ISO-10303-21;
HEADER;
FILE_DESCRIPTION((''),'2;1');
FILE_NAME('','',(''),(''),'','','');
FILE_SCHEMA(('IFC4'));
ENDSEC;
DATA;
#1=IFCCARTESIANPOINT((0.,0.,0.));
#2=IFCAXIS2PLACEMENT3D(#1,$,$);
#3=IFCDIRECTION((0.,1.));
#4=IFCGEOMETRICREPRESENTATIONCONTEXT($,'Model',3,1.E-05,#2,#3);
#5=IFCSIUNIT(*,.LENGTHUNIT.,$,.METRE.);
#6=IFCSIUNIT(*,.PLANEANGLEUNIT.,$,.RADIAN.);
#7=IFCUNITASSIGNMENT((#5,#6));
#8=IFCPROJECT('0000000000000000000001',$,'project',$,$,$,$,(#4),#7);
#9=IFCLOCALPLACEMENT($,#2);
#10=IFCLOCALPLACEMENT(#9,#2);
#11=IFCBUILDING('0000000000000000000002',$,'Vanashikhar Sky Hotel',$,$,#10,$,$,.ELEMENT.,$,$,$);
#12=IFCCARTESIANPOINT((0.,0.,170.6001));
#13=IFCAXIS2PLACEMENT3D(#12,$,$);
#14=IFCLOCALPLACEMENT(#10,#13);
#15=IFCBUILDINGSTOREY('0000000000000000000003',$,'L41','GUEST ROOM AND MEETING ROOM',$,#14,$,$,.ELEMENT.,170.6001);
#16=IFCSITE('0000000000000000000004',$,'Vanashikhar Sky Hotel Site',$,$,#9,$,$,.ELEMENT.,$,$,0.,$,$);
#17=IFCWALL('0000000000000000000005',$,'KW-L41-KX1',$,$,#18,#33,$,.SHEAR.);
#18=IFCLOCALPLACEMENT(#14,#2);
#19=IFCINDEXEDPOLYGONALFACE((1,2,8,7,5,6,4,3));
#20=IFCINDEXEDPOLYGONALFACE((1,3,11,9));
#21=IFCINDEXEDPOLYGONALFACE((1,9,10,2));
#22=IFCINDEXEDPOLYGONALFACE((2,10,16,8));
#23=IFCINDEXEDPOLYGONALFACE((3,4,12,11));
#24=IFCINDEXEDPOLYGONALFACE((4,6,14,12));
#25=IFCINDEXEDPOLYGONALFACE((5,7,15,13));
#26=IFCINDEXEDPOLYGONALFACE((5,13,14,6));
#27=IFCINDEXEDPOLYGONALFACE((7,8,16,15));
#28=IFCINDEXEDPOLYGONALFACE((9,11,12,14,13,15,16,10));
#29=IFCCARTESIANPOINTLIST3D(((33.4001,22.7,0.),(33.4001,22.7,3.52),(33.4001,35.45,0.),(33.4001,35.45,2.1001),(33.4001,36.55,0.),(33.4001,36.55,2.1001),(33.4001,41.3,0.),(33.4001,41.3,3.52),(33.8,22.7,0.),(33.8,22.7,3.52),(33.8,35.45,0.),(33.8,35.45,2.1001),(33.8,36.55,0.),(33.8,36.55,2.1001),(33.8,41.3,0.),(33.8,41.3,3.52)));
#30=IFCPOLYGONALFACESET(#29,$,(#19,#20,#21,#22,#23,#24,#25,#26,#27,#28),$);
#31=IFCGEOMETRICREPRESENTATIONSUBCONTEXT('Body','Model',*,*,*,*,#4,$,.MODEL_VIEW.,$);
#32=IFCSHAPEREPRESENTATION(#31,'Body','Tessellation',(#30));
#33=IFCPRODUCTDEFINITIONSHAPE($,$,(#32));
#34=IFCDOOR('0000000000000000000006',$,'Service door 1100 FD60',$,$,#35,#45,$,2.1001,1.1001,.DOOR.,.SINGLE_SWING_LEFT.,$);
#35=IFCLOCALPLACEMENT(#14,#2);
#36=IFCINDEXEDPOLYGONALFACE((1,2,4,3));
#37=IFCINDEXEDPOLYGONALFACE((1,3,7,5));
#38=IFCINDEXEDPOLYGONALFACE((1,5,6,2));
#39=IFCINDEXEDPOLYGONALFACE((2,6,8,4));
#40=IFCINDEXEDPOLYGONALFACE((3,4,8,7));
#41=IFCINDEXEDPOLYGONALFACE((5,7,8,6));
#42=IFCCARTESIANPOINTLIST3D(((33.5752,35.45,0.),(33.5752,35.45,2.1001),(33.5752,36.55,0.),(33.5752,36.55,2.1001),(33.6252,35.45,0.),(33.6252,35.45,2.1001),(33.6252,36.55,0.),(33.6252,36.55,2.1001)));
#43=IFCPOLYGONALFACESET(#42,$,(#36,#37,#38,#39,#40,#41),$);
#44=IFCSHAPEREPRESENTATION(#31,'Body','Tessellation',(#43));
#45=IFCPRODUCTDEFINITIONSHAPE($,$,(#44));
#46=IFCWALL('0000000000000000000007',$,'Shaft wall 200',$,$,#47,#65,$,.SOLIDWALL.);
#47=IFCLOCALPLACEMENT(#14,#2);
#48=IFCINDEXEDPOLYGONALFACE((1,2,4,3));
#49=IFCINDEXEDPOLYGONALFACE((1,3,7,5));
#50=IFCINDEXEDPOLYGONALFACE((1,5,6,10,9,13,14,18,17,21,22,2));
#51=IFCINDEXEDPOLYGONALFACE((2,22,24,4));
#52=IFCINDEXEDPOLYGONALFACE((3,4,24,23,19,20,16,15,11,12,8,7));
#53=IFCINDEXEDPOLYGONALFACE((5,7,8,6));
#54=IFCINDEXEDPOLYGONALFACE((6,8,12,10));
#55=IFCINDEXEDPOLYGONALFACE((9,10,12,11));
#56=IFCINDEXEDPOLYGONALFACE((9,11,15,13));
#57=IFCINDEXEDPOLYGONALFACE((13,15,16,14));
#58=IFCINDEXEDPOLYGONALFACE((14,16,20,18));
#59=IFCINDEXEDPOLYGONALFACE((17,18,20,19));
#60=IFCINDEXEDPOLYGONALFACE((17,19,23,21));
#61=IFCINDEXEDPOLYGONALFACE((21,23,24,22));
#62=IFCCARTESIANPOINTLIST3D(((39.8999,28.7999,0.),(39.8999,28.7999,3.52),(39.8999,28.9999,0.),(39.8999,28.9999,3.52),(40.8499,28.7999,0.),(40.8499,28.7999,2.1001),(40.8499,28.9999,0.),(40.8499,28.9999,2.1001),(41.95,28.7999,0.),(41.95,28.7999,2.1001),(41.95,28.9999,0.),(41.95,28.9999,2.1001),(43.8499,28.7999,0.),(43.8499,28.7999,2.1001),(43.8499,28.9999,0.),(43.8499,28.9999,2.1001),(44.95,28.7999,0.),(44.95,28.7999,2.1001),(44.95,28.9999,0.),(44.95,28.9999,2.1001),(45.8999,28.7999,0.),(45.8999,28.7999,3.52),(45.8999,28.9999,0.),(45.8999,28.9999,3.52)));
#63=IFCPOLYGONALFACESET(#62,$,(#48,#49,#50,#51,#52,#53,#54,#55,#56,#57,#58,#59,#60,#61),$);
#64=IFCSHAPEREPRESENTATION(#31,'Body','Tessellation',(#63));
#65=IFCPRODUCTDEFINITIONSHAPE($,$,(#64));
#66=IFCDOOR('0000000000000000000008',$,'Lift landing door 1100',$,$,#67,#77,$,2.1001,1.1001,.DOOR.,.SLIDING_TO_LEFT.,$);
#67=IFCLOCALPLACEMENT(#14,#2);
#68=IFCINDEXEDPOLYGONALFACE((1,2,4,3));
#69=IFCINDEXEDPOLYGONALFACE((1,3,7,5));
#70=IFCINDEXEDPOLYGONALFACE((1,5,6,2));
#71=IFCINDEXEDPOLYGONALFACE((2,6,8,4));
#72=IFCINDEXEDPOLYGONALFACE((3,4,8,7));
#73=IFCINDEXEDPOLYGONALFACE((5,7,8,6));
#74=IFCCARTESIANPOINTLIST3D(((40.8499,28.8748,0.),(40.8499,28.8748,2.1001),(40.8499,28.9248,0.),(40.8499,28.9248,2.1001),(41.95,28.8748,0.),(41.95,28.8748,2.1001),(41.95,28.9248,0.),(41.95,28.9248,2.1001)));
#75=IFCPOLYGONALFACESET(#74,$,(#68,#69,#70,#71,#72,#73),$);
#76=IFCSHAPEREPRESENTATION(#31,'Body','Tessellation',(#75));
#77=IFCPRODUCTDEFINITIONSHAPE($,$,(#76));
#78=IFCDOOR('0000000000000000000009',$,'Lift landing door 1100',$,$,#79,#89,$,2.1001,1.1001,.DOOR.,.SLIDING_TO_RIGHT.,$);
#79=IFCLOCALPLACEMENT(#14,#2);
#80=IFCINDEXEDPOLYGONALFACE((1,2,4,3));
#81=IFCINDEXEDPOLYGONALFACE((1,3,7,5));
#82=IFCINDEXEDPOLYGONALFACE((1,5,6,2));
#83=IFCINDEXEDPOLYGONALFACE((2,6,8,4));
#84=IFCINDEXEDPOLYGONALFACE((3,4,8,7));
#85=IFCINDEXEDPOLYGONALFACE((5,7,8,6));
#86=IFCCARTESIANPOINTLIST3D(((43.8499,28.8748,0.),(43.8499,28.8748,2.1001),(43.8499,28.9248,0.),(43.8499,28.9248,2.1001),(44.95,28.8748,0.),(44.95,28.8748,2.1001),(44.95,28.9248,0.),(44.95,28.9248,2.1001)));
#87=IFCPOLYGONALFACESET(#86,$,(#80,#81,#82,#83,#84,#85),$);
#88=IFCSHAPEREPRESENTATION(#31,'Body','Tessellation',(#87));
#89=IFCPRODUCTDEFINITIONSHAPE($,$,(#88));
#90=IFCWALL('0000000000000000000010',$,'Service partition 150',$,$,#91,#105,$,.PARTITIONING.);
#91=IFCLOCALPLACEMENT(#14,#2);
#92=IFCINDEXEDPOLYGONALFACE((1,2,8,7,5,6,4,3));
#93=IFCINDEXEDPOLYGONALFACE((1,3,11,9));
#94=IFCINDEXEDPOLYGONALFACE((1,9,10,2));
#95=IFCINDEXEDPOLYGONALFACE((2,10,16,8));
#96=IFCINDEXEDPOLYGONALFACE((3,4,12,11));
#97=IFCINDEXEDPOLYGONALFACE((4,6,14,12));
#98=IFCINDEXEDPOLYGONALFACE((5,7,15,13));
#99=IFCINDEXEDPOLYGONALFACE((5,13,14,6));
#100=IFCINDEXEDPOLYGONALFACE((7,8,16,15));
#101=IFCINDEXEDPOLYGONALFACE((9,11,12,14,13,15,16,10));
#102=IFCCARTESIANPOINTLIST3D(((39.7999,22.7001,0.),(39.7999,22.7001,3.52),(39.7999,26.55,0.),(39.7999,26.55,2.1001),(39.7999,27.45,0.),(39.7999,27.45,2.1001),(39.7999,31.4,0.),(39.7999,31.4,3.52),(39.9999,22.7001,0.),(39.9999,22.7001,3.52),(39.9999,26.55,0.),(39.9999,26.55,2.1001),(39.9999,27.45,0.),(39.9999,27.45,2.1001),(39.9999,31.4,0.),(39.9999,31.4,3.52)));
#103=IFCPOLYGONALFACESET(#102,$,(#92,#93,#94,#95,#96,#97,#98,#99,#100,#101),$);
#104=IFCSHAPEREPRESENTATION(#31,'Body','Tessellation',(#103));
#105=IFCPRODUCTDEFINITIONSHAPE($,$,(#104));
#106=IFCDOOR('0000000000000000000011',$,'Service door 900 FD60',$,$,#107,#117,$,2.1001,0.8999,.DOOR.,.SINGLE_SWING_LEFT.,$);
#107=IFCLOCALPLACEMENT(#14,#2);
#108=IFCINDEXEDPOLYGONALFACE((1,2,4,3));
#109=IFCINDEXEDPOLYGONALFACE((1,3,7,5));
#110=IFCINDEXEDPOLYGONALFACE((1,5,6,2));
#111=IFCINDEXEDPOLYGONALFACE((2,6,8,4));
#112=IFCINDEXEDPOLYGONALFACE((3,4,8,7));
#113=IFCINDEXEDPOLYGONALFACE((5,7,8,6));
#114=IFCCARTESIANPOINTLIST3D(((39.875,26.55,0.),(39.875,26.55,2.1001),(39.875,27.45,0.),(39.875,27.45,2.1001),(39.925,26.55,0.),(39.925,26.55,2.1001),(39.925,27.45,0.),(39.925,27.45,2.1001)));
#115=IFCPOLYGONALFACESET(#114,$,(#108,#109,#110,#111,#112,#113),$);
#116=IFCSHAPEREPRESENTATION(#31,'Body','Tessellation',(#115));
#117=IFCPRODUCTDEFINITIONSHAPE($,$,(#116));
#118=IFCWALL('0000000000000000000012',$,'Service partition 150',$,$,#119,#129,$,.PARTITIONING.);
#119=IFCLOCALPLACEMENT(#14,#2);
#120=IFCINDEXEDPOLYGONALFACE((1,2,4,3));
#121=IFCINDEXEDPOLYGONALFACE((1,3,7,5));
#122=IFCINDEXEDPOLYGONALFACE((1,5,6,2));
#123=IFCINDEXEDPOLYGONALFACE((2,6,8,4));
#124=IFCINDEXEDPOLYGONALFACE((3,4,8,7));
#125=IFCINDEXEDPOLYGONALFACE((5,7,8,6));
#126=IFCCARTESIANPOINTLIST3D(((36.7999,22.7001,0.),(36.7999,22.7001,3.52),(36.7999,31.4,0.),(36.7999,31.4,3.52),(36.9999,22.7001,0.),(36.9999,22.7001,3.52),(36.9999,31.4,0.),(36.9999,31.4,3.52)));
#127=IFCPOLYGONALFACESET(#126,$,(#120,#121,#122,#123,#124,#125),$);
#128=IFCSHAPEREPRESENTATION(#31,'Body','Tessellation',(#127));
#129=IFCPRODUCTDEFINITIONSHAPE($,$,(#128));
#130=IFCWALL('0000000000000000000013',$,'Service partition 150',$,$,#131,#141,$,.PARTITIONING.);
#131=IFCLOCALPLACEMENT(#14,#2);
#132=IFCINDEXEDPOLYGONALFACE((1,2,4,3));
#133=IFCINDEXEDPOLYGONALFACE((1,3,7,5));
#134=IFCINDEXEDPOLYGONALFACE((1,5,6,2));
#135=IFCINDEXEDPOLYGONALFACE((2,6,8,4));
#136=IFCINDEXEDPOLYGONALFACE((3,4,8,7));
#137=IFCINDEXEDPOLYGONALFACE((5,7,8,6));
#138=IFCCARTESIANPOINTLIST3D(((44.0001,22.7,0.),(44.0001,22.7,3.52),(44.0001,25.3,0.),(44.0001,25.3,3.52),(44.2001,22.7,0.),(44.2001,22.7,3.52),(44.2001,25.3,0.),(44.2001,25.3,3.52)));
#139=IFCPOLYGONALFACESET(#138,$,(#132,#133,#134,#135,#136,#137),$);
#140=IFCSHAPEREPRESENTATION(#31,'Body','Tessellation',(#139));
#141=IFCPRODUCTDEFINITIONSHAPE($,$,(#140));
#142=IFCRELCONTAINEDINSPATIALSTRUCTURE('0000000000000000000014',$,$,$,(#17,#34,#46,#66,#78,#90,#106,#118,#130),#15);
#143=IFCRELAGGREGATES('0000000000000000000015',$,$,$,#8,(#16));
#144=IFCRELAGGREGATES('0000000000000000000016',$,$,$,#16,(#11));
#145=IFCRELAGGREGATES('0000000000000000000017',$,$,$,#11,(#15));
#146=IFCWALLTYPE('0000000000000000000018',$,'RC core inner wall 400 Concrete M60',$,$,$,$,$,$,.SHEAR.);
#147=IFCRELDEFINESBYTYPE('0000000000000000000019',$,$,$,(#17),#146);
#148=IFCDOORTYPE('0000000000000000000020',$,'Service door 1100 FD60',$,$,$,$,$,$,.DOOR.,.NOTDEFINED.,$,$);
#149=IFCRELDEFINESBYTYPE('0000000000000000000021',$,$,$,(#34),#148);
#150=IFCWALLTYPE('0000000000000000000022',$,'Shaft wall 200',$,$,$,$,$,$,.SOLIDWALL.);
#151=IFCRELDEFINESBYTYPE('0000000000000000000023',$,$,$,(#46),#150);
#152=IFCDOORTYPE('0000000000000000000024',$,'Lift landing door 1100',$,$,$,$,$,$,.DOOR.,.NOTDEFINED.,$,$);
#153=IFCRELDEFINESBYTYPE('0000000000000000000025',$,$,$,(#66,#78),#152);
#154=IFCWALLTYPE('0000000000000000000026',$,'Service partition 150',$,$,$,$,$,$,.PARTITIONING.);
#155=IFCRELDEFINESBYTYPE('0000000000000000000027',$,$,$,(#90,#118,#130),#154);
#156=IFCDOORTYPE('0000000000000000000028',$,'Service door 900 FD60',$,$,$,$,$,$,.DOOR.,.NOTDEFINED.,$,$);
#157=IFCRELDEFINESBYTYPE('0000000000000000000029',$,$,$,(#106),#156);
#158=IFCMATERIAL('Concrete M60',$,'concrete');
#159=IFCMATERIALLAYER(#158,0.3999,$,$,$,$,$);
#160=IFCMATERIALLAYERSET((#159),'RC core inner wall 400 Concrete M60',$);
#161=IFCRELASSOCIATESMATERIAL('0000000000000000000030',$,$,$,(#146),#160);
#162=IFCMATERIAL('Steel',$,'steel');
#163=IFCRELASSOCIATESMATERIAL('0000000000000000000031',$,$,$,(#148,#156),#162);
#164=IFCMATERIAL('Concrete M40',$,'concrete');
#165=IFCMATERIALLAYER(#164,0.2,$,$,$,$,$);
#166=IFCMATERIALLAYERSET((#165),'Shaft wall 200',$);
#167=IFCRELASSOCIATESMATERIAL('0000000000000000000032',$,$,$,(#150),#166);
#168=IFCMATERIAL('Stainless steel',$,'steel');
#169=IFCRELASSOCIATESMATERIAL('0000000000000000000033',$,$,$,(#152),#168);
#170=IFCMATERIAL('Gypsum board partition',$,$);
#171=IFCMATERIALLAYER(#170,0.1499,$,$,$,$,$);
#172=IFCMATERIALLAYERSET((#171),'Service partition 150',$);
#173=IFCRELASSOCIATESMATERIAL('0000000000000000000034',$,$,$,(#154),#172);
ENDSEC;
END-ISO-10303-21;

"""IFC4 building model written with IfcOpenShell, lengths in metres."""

from ifc_helpers import new_model, si_unit, direction, frame, frame_2d, origin, place, context, subcontext, project, spatial, rectangle, extrude, source, transform, mapped, material, layer, layer_set, type_object, element, fill, save


model = new_model("IFC4")

# Units and contexts
model_context = context("Model", 3, precision=1e-05, world=origin(), true_north=direction((0.0, 1.0)))
body_context = subcontext(model_context, "Body", "Model", "MODEL_VIEW")
ifc_project = project(units=[si_unit("LENGTHUNIT", "METRE"), si_unit("PLANEANGLEUNIT", "RADIAN")], contexts=[model_context])

# Site, building, storey
site_placement = place(None, origin())
site = spatial("IfcSite", under=ifc_project, at=site_placement, Name="Vanashikhar Sky Hotel Site", CompositionType="ELEMENT", RefElevation=0.0)
building_placement = place(site_placement, origin())
building = spatial("IfcBuilding", under=site, at=building_placement, Name="Vanashikhar Sky Hotel", CompositionType="ELEMENT")
storey_placement = place(building_placement, frame((0.0, 0.0, 170.6001)))
storey = spatial("IfcBuildingStorey", under=building, at=storey_placement, Name="L41", Description="GUEST ROOM AND MEETING ROOM", CompositionType="ELEMENT", Elevation=170.6001)

# Wall, opening, door
ifc_material_1 = material(Name="Concrete M60", Category="concrete")
ifc_layer_1 = layer(ifc_material_1, 0.3999)
ifc_layer_set_1 = layer_set([ifc_layer_1], Name="RC core inner wall 400 Concrete M60")
wall_type_1 = type_object("IfcWallType", Name="RC core inner wall 400 Concrete M60", PredefinedType="SHEAR", material=ifc_layer_set_1)
shared_shape_1 = source(origin(), body_context, "Body", "SweptSolid", [
    extrude(rectangle(XDim=18.6001, YDim=0.3999, at=frame_2d((9.3, 0.0))), origin(), (0.0, 0.0, 1.0), 3.52),
])
wall_1_placement = place(storey_placement, frame((33.6001, 22.7, 0.0), z_axis=(0.0, 0.0, 1.0), x_axis=(0.0, 1.0, 0.0)))
wall_1 = element("IfcWall", 1, at=wall_1_placement, inside=storey, type_object=wall_type_1, Name="KW-L41-KX1", PredefinedType="SHEAR", context=body_context, shape_type="MappedRepresentation", body=[
    mapped(shared_shape_1, transform((0.0, 0.0, 0.0), scale=1.0)),
])
shared_shape_2 = source(origin(), body_context, "Body", "SweptSolid", [
    extrude(rectangle(XDim=1.1001, YDim=2.1001, at=frame_2d((0.55, 1.05))), frame((0.0, 0.21, 0.0), z_axis=(0.0, -1.0, 0.0), x_axis=(1.0, 0.0, 0.0)), (0.0, 0.0, 1.0), 0.4199),
])
opening_1_placement = place(wall_1_placement, frame((12.75, 0.0, 0.0)))
opening_1 = element("IfcOpeningElement", 2, at=opening_1_placement, cuts=wall_1, PredefinedType="OPENING", context=body_context, shape_type="MappedRepresentation", body=[
    mapped(shared_shape_2, transform((0.0, 0.0, 0.0), scale=1.0)),
])
ifc_material_2 = material(Name="Steel", Category="steel")
door_type_1 = type_object("IfcDoorType", Name="Service door 1100 FD60", OperationType="NOTDEFINED", PredefinedType="DOOR", material=ifc_material_2)
shared_shape_3 = source(origin(), body_context, "Body", "SweptSolid", [
    extrude(rectangle(XDim=1.1001, YDim=2.1001, at=frame_2d((0.55, 1.05))), frame((0.0, 0.0249, 0.0), z_axis=(0.0, -1.0, 0.0), x_axis=(1.0, 0.0, 0.0)), (0.0, 0.0, 1.0), 0.05),
])
door_1_placement = place(opening_1_placement, origin())
door_1 = element("IfcDoor", 3, at=door_1_placement, inside=storey, type_object=door_type_1, Name="Service door 1100 FD60", OperationType="SINGLE_SWING_LEFT", OverallHeight=2.1001, OverallWidth=1.1001, PredefinedType="DOOR", context=body_context, shape_type="MappedRepresentation", body=[
    mapped(shared_shape_3, transform((0.0, 0.0, 0.0), scale=1.0)),
])
fill(opening_1, door_1)

# Wall, openings, doors
ifc_material_3 = material(Name="Concrete M40", Category="concrete")
ifc_layer_2 = layer(ifc_material_3, 0.2)
ifc_layer_set_2 = layer_set([ifc_layer_2], Name="Shaft wall 200")
wall_type_2 = type_object("IfcWallType", Name="Shaft wall 200", PredefinedType="SOLIDWALL", material=ifc_layer_set_2)
shared_shape_4 = source(origin(), body_context, "Body", "SweptSolid", [
    extrude(rectangle(XDim=6.0, YDim=0.2, at=frame_2d((3.0, 0.0))), origin(), (0.0, 0.0, 1.0), 3.52),
])
wall_2_placement = place(storey_placement, frame((39.8999, 28.8999, 0.0), z_axis=(0.0, 0.0, 1.0), x_axis=(1.0, 0.0, 0.0)))
wall_2 = element("IfcWall", 4, at=wall_2_placement, inside=storey, type_object=wall_type_2, Name="Shaft wall 200", PredefinedType="SOLIDWALL", context=body_context, shape_type="MappedRepresentation", body=[
    mapped(shared_shape_4, transform((0.0, 0.0, 0.0), scale=1.0)),
])
shared_shape_5 = source(origin(), body_context, "Body", "SweptSolid", [
    extrude(rectangle(XDim=1.1001, YDim=2.1001, at=frame_2d((0.55, 1.05))), frame((0.0, 0.1099, 0.0), z_axis=(0.0, -1.0, 0.0), x_axis=(1.0, 0.0, 0.0)), (0.0, 0.0, 1.0), 0.22),
])
opening_2_placement = place(wall_2_placement, frame((0.95, 0.0, 0.0)))
opening_2 = element("IfcOpeningElement", 5, at=opening_2_placement, cuts=wall_2, PredefinedType="OPENING", context=body_context, shape_type="MappedRepresentation", body=[
    mapped(shared_shape_5, transform((0.0, 0.0, 0.0), scale=1.0)),
])
opening_3_placement = place(wall_2_placement, frame((3.95, 0.0, 0.0)))
opening_3 = element("IfcOpeningElement", 6, at=opening_3_placement, cuts=wall_2, PredefinedType="OPENING", context=body_context, shape_type="MappedRepresentation", body=[
    mapped(shared_shape_5, transform((0.0, 0.0, 0.0), scale=1.0)),
])
ifc_material_4 = material(Name="Stainless steel", Category="steel")
door_type_2 = type_object("IfcDoorType", Name="Lift landing door 1100", OperationType="NOTDEFINED", PredefinedType="DOOR", material=ifc_material_4)
door_2_placement = place(opening_2_placement, origin())
door_2 = element("IfcDoor", 7, at=door_2_placement, inside=storey, type_object=door_type_2, Name="Lift landing door 1100", OperationType="SLIDING_TO_LEFT", OverallHeight=2.1001, OverallWidth=1.1001, PredefinedType="DOOR", context=body_context, shape_type="MappedRepresentation", body=[
    mapped(shared_shape_3, transform((0.0, 0.0, 0.0), scale=1.0)),
])
fill(opening_2, door_2)
door_3_placement = place(opening_3_placement, origin())
door_3 = element("IfcDoor", 8, at=door_3_placement, inside=storey, type_object=door_type_2, Name="Lift landing door 1100", OperationType="SLIDING_TO_RIGHT", OverallHeight=2.1001, OverallWidth=1.1001, PredefinedType="DOOR", context=body_context, shape_type="MappedRepresentation", body=[
    mapped(shared_shape_3, transform((0.0, 0.0, 0.0), scale=1.0)),
])
fill(opening_3, door_3)

# Wall, opening, door
ifc_material_5 = material(Name="Gypsum board partition")
ifc_layer_3 = layer(ifc_material_5, 0.1499)
ifc_layer_set_3 = layer_set([ifc_layer_3], Name="Service partition 150")
wall_type_3 = type_object("IfcWallType", Name="Service partition 150", PredefinedType="PARTITIONING", material=ifc_layer_set_3)
shared_shape_6 = source(origin(), body_context, "Body", "SweptSolid", [
    extrude(rectangle(XDim=8.7, YDim=0.2, at=frame_2d((4.3501, 0.0))), origin(), (0.0, 0.0, 1.0), 3.52),
])
wall_3_placement = place(storey_placement, frame((39.8999, 22.7, 0.0), z_axis=(0.0, 0.0, 1.0), x_axis=(0.0, 1.0, 0.0)))
wall_3 = element("IfcWall", 9, at=wall_3_placement, inside=storey, type_object=wall_type_3, Name="Service partition 150", PredefinedType="PARTITIONING", context=body_context, shape_type="MappedRepresentation", body=[
    mapped(shared_shape_6, transform((0.0, 0.0, 0.0), scale=1.0)),
])
shared_shape_7 = source(origin(), body_context, "Body", "SweptSolid", [
    extrude(rectangle(XDim=0.8999, YDim=2.1001, at=frame_2d((0.45, 1.05))), frame((0.0, 0.1099, 0.0), z_axis=(0.0, -1.0, 0.0), x_axis=(1.0, 0.0, 0.0)), (0.0, 0.0, 1.0), 0.22),
])
opening_4_placement = place(wall_3_placement, frame((3.8501, 0.0, 0.0)))
opening_4 = element("IfcOpeningElement", 10, at=opening_4_placement, cuts=wall_3, PredefinedType="OPENING", context=body_context, shape_type="MappedRepresentation", body=[
    mapped(shared_shape_7, transform((0.0, 0.0, 0.0), scale=1.0)),
])
door_type_3 = type_object("IfcDoorType", Name="Service door 900 FD60", OperationType="NOTDEFINED", PredefinedType="DOOR", material=ifc_material_2)
shared_shape_8 = source(origin(), body_context, "Body", "SweptSolid", [
    extrude(rectangle(XDim=0.8999, YDim=2.1001, at=frame_2d((0.45, 1.05))), frame((0.0, 0.0249, 0.0), z_axis=(0.0, -1.0, 0.0), x_axis=(1.0, 0.0, 0.0)), (0.0, 0.0, 1.0), 0.05),
])
door_4_placement = place(opening_4_placement, origin())
door_4 = element("IfcDoor", 11, at=door_4_placement, inside=storey, type_object=door_type_3, Name="Service door 900 FD60", OperationType="SINGLE_SWING_LEFT", OverallHeight=2.1001, OverallWidth=0.8999, PredefinedType="DOOR", context=body_context, shape_type="MappedRepresentation", body=[
    mapped(shared_shape_8, transform((0.0, 0.0, 0.0), scale=1.0)),
])
fill(opening_4, door_4)

# Walls
wall_4_placement = place(storey_placement, frame((36.8999, 22.7, 0.0), z_axis=(0.0, 0.0, 1.0), x_axis=(0.0, 1.0, 0.0)))
element("IfcWall", 12, at=wall_4_placement, inside=storey, type_object=wall_type_3, Name="Service partition 150", PredefinedType="PARTITIONING", context=body_context, shape_type="MappedRepresentation", body=[
    mapped(shared_shape_6, transform((0.0, 0.0, 0.0), scale=1.0)),
])
shared_shape_9 = source(origin(), body_context, "Body", "SweptSolid", [
    extrude(rectangle(XDim=2.6001, YDim=0.2, at=frame_2d((1.3, 0.0))), origin(), (0.0, 0.0, 1.0), 3.52),
])
wall_5_placement = place(storey_placement, frame((44.1001, 22.7, 0.0), z_axis=(0.0, 0.0, 1.0), x_axis=(0.0, 1.0, 0.0)))
element("IfcWall", 13, at=wall_5_placement, inside=storey, type_object=wall_type_3, Name="Service partition 150", PredefinedType="PARTITIONING", context=body_context, shape_type="MappedRepresentation", body=[
    mapped(shared_shape_9, transform((0.0, 0.0, 0.0), scale=1.0)),
])

save(model, "model.ifc")
